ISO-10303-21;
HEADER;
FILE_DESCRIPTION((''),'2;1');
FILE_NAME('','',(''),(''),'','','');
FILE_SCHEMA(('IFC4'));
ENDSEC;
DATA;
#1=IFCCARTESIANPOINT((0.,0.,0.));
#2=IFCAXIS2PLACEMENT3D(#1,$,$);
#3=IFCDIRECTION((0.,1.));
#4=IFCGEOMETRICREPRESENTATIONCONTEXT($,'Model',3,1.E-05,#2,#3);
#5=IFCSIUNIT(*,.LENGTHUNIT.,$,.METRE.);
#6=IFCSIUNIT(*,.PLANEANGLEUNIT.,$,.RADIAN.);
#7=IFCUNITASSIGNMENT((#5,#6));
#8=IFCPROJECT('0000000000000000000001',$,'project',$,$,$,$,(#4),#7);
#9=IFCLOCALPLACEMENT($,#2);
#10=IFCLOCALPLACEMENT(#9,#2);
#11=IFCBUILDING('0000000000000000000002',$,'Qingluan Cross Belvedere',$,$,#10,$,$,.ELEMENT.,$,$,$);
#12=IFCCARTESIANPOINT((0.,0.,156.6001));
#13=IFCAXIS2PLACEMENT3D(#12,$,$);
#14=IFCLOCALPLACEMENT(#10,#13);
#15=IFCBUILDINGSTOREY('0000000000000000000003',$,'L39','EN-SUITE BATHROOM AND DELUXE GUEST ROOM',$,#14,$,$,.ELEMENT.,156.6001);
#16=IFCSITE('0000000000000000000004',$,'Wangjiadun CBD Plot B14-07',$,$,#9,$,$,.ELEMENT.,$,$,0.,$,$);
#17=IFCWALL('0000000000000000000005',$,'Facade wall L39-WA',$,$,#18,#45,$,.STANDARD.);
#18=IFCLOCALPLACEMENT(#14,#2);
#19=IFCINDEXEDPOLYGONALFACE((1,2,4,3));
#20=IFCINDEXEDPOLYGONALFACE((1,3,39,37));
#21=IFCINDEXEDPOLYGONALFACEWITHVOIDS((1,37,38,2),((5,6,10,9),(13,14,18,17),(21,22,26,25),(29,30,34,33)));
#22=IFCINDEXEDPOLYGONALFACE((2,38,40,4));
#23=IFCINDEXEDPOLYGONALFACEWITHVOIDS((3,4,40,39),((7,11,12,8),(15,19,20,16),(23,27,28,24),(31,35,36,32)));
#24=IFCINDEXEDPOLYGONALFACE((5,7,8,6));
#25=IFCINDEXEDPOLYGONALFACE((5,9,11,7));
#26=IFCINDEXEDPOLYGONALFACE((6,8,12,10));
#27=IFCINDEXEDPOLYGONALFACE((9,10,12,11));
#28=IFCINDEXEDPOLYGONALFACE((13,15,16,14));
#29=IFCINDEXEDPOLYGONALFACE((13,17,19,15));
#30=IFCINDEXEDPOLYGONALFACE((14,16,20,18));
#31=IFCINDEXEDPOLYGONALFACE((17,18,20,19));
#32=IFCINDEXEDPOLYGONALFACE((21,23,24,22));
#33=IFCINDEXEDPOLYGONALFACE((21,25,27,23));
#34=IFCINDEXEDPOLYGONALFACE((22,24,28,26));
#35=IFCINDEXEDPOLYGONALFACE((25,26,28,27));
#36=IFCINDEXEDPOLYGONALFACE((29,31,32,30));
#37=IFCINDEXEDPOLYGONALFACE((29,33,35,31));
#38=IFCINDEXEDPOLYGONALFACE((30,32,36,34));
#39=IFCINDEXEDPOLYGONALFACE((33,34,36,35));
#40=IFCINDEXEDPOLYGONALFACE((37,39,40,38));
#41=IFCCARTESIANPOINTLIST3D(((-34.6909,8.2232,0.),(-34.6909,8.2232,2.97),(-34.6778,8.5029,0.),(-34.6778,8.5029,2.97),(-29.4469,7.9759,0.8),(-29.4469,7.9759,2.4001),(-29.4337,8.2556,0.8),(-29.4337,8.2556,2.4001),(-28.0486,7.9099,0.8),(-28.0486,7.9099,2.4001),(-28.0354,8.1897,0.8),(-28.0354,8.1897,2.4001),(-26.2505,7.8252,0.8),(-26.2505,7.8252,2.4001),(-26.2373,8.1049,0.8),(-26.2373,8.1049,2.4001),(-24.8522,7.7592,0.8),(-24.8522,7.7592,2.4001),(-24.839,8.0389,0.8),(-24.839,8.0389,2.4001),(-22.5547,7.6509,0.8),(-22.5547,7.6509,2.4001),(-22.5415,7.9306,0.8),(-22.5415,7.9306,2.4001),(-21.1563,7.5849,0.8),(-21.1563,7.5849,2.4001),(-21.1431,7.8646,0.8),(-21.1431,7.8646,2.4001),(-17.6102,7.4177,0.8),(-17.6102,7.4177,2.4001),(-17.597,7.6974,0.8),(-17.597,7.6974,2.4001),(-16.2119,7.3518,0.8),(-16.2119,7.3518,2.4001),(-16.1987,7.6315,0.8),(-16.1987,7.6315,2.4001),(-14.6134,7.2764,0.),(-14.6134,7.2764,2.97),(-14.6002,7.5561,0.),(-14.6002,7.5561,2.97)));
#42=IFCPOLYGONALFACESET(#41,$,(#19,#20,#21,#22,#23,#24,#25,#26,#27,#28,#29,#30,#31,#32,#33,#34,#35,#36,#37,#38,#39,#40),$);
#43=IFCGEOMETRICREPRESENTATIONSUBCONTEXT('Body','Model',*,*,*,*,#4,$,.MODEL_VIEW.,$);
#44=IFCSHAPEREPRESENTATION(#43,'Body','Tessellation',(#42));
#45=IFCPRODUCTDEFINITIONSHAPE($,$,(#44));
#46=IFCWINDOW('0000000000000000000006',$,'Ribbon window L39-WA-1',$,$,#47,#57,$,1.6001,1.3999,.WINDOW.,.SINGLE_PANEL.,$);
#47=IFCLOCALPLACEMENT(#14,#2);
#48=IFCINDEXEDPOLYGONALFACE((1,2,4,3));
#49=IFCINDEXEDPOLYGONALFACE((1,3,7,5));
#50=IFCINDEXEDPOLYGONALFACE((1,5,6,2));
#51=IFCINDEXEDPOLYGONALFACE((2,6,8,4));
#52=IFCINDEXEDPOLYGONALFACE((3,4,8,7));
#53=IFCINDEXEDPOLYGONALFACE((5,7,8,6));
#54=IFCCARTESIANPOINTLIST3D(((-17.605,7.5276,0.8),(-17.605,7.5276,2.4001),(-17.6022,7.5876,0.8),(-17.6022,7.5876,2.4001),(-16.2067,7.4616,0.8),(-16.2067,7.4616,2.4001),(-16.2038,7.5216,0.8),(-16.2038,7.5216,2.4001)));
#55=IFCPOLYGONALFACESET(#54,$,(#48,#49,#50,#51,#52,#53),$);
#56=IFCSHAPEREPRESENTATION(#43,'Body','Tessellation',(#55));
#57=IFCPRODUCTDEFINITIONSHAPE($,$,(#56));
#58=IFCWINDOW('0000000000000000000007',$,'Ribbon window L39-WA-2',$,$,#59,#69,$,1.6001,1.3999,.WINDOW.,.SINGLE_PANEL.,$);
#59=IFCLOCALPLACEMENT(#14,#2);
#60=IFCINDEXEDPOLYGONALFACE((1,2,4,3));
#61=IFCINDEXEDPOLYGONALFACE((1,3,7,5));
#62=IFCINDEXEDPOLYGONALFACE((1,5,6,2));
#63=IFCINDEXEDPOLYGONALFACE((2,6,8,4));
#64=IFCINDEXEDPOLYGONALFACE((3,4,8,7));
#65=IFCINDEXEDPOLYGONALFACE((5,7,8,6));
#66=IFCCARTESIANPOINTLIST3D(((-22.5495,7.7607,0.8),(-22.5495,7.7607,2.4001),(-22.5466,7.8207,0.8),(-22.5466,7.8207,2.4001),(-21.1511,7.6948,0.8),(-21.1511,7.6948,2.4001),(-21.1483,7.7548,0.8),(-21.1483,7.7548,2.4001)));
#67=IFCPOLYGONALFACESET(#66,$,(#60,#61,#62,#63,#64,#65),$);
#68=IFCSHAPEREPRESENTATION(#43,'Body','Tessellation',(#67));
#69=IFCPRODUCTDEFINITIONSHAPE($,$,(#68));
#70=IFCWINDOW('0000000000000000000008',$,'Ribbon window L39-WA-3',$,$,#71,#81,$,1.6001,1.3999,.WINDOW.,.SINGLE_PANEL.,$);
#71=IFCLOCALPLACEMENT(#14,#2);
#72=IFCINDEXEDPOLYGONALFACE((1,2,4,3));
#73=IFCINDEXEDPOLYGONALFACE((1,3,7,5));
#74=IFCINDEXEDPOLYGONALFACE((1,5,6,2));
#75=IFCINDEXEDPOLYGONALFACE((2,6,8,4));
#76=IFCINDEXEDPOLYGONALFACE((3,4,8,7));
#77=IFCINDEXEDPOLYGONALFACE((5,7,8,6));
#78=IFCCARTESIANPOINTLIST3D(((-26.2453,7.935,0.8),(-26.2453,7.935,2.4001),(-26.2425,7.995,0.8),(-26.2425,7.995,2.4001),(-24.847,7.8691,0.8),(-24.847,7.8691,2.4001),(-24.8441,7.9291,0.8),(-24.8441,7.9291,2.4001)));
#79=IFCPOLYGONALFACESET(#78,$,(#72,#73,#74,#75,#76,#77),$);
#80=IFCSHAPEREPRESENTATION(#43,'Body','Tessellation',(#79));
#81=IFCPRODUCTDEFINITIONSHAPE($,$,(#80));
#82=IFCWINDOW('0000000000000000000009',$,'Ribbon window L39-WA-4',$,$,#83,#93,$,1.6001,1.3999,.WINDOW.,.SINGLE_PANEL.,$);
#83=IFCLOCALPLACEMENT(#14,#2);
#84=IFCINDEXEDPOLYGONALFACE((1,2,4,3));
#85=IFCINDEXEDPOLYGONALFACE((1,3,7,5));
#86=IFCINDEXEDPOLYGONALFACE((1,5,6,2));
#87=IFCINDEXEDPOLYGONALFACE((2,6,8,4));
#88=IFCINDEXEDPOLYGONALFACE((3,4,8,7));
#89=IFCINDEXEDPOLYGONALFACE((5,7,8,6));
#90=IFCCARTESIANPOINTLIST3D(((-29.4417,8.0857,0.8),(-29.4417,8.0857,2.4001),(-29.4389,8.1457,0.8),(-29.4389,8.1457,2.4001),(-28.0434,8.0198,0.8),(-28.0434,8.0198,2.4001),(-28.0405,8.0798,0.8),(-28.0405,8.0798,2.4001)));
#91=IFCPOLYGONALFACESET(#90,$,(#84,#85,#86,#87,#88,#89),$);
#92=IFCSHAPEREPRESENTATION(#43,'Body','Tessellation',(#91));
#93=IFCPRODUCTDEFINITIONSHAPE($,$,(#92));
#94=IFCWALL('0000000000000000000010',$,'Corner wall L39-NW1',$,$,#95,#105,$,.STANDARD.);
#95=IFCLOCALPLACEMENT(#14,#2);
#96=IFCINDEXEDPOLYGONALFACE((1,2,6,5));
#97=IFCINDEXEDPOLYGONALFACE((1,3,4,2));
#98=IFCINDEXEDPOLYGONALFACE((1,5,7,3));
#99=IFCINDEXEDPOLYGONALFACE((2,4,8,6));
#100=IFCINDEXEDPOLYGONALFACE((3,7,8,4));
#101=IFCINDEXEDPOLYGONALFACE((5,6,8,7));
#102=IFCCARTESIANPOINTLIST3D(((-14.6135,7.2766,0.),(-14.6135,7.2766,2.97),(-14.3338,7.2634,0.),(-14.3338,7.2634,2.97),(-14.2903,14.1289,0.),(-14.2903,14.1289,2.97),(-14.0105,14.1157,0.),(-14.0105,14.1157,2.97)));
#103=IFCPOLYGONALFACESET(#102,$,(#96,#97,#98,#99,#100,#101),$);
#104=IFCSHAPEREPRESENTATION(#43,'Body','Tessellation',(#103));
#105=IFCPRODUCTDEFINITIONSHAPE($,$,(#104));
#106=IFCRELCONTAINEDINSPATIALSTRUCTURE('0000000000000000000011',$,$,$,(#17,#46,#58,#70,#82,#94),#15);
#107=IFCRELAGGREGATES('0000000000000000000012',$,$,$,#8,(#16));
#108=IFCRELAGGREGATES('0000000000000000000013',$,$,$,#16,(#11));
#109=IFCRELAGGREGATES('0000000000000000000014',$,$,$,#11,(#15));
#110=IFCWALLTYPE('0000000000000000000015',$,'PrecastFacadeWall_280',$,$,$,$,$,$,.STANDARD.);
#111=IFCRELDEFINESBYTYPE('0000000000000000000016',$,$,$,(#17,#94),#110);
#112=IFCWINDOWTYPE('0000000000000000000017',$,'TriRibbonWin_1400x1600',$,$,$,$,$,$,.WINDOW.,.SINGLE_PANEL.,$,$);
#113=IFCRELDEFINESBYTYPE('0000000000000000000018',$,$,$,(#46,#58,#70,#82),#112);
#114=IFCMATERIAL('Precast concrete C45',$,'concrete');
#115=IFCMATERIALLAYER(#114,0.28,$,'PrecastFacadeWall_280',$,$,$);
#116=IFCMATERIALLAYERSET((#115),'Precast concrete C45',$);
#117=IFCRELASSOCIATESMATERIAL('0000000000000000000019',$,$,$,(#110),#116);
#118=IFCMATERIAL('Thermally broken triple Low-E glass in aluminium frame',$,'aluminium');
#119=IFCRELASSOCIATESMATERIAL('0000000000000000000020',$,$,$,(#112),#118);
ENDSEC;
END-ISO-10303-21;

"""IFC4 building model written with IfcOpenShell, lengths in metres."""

from ifc_helpers import new_model, si_unit, direction, frame, frame_2d, origin, place, context, subcontext, project, spatial, rectangle, extrude, material, layer, layer_set, type_object, element, fill, save


model = new_model("IFC4")

# Units and contexts
model_context = context("Model", 3, precision=1e-05, world=origin(), true_north=direction((0.0, 1.0)))
body_context = subcontext(model_context, "Body", "Model", "MODEL_VIEW")
ifc_project = project(units=[si_unit("LENGTHUNIT", "METRE"), si_unit("PLANEANGLEUNIT", "RADIAN")], contexts=[model_context])

# Site, building, storey
site_placement = place(None, origin())
site = spatial("IfcSite", under=ifc_project, at=site_placement, Name="Wangjiadun CBD Plot B14-07", CompositionType="ELEMENT", RefElevation=0.0)
building_placement = place(site_placement, origin())
building = spatial("IfcBuilding", under=site, at=building_placement, Name="Qingluan Cross Belvedere", CompositionType="ELEMENT")
storey_placement = place(building_placement, frame((0.0, 0.0, 156.6001)))
storey = spatial("IfcBuildingStorey", under=building, at=storey_placement, Name="L39", Description="EN-SUITE BATHROOM AND DELUXE GUEST ROOM", CompositionType="ELEMENT", Elevation=156.6001)

# Wall, openings, windows
ifc_material_1 = material(Name="Precast concrete C45", Category="concrete")
ifc_layer_1 = layer(ifc_material_1, 0.28, Name="PrecastFacadeWall_280")
ifc_layer_set_1 = layer_set([ifc_layer_1], Name="Precast concrete C45")
wall_type_1 = type_object("IfcWallType", Name="PrecastFacadeWall_280", PredefinedType="STANDARD", material=ifc_layer_set_1)
wall_1_placement = place(storey_placement, frame((-14.6069, 7.4163, 0.0), z_axis=(0.0, 0.0, 1.0), x_axis=(-0.99889, 0.047103, 0.0)))
wall_1 = element("IfcWall", 1, at=wall_1_placement, inside=storey, type_object=wall_type_1, Name="Facade wall L39-WA", PredefinedType="STANDARD", context=body_context, shape_type="SweptSolid", body=[
    extrude(rectangle(XDim=20.0999, YDim=0.28, at=frame_2d((10.0498, 0.0))), origin(), (0.0, 0.0, 1.0), 2.97),
])
opening_1_placement = place(wall_1_placement, frame((1.6001, 0.0, 0.8)))
opening_1 = element("IfcOpeningElement", 2, at=opening_1_placement, cuts=wall_1, PredefinedType="OPENING", context=body_context, shape_type="SweptSolid", body=[
    extrude(rectangle(XDim=1.3999, YDim=1.6001, at=frame_2d((0.7, 0.8))), frame((0.0, 0.1499, 0.0), z_axis=(0.0, -1.0, 0.0), x_axis=(1.0, 0.0, 0.0)), (0.0, 0.0, 1.0), 0.3),
])
opening_2_placement = place(wall_1_placement, frame((6.55, 0.0, 0.8)))
opening_2 = element("IfcOpeningElement", 3, at=opening_2_placement, cuts=wall_1, PredefinedType="OPENING", context=body_context, shape_type="SweptSolid", body=[
    extrude(rectangle(XDim=1.3999, YDim=1.6001, at=frame_2d((0.7, 0.8))), frame((0.0, 0.1499, 0.0), z_axis=(0.0, -1.0, 0.0), x_axis=(1.0, 0.0, 0.0)), (0.0, 0.0, 1.0), 0.3),
])
opening_3_placement = place(wall_1_placement, frame((10.25, 0.0, 0.8)))
opening_3 = element("IfcOpeningElement", 4, at=opening_3_placement, cuts=wall_1, PredefinedType="OPENING", context=body_context, shape_type="SweptSolid", body=[
    extrude(rectangle(XDim=1.3999, YDim=1.6001, at=frame_2d((0.7, 0.8))), frame((0.0, 0.1499, 0.0), z_axis=(0.0, -1.0, 0.0), x_axis=(1.0, 0.0, 0.0)), (0.0, 0.0, 1.0), 0.3),
])
opening_4_placement = place(wall_1_placement, frame((13.45, 0.0, 0.8)))
opening_4 = element("IfcOpeningElement", 5, at=opening_4_placement, cuts=wall_1, PredefinedType="OPENING", context=body_context, shape_type="SweptSolid", body=[
    extrude(rectangle(XDim=1.3999, YDim=1.6001, at=frame_2d((0.7, 0.8))), frame((0.0, 0.1499, 0.0), z_axis=(0.0, -1.0, 0.0), x_axis=(1.0, 0.0, 0.0)), (0.0, 0.0, 1.0), 0.3),
])
ifc_material_2 = material(Name="Thermally broken triple Low-E glass in aluminium frame", Category="aluminium")
window_type = type_object("IfcWindowType", Name="TriRibbonWin_1400x1600", PartitioningType="SINGLE_PANEL", PredefinedType="WINDOW", material=ifc_material_2)
window_1_placement = place(opening_1_placement, origin())
window_1 = element("IfcWindow", 6, at=window_1_placement, inside=storey, type_object=window_type, Name="Ribbon window L39-WA-1", OverallHeight=1.6001, OverallWidth=1.3999, PartitioningType="SINGLE_PANEL", PredefinedType="WINDOW", context=body_context, shape_type="SweptSolid", body=[
    extrude(rectangle(XDim=1.3999, YDim=1.6001, at=frame_2d((0.7, 0.8))), frame((0.0, 0.03, 0.0), z_axis=(0.0, -1.0, 0.0), x_axis=(1.0, 0.0, 0.0)), (0.0, 0.0, 1.0), 0.0601),
])
fill(opening_1, window_1)
window_2_placement = place(opening_2_placement, origin())
window_2 = element("IfcWindow", 7, at=window_2_placement, inside=storey, type_object=window_type, Name="Ribbon window L39-WA-2", OverallHeight=1.6001, OverallWidth=1.3999, PartitioningType="SINGLE_PANEL", PredefinedType="WINDOW", context=body_context, shape_type="SweptSolid", body=[
    extrude(rectangle(XDim=1.3999, YDim=1.6001, at=frame_2d((0.7, 0.8))), frame((0.0, 0.03, 0.0), z_axis=(0.0, -1.0, 0.0), x_axis=(1.0, 0.0, 0.0)), (0.0, 0.0, 1.0), 0.0601),
])
fill(opening_2, window_2)
window_3_placement = place(opening_3_placement, origin())
window_3 = element("IfcWindow", 8, at=window_3_placement, inside=storey, type_object=window_type, Name="Ribbon window L39-WA-3", OverallHeight=1.6001, OverallWidth=1.3999, PartitioningType="SINGLE_PANEL", PredefinedType="WINDOW", context=body_context, shape_type="SweptSolid", body=[
    extrude(rectangle(XDim=1.3999, YDim=1.6001, at=frame_2d((0.7, 0.8))), frame((0.0, 0.03, 0.0), z_axis=(0.0, -1.0, 0.0), x_axis=(1.0, 0.0, 0.0)), (0.0, 0.0, 1.0), 0.0601),
])
fill(opening_3, window_3)
window_4_placement = place(opening_4_placement, origin())
window_4 = element("IfcWindow", 9, at=window_4_placement, inside=storey, type_object=window_type, Name="Ribbon window L39-WA-4", OverallHeight=1.6001, OverallWidth=1.3999, PartitioningType="SINGLE_PANEL", PredefinedType="WINDOW", context=body_context, shape_type="SweptSolid", body=[
    extrude(rectangle(XDim=1.3999, YDim=1.6001, at=frame_2d((0.7, 0.8))), frame((0.0, 0.03, 0.0), z_axis=(0.0, -1.0, 0.0), x_axis=(1.0, 0.0, 0.0)), (0.0, 0.0, 1.0), 0.0601),
])
fill(opening_4, window_4)

# Wall
wall_2_placement = place(storey_placement, frame((-14.4736, 7.27, 0.0), z_axis=(0.0, 0.0, 1.0), x_axis=(0.04712, 0.998889, 0.0)))
element("IfcWall", 10, at=wall_2_placement, inside=storey, type_object=wall_type_1, Name="Corner wall L39-NW1", PredefinedType="STANDARD", context=body_context, shape_type="SweptSolid", body=[
    extrude(rectangle(XDim=6.8599, YDim=0.28, at=frame_2d((3.4299, 0.0))), origin(), (0.0, 0.0, 1.0), 2.97),
])

save(model, "model.ifc")
